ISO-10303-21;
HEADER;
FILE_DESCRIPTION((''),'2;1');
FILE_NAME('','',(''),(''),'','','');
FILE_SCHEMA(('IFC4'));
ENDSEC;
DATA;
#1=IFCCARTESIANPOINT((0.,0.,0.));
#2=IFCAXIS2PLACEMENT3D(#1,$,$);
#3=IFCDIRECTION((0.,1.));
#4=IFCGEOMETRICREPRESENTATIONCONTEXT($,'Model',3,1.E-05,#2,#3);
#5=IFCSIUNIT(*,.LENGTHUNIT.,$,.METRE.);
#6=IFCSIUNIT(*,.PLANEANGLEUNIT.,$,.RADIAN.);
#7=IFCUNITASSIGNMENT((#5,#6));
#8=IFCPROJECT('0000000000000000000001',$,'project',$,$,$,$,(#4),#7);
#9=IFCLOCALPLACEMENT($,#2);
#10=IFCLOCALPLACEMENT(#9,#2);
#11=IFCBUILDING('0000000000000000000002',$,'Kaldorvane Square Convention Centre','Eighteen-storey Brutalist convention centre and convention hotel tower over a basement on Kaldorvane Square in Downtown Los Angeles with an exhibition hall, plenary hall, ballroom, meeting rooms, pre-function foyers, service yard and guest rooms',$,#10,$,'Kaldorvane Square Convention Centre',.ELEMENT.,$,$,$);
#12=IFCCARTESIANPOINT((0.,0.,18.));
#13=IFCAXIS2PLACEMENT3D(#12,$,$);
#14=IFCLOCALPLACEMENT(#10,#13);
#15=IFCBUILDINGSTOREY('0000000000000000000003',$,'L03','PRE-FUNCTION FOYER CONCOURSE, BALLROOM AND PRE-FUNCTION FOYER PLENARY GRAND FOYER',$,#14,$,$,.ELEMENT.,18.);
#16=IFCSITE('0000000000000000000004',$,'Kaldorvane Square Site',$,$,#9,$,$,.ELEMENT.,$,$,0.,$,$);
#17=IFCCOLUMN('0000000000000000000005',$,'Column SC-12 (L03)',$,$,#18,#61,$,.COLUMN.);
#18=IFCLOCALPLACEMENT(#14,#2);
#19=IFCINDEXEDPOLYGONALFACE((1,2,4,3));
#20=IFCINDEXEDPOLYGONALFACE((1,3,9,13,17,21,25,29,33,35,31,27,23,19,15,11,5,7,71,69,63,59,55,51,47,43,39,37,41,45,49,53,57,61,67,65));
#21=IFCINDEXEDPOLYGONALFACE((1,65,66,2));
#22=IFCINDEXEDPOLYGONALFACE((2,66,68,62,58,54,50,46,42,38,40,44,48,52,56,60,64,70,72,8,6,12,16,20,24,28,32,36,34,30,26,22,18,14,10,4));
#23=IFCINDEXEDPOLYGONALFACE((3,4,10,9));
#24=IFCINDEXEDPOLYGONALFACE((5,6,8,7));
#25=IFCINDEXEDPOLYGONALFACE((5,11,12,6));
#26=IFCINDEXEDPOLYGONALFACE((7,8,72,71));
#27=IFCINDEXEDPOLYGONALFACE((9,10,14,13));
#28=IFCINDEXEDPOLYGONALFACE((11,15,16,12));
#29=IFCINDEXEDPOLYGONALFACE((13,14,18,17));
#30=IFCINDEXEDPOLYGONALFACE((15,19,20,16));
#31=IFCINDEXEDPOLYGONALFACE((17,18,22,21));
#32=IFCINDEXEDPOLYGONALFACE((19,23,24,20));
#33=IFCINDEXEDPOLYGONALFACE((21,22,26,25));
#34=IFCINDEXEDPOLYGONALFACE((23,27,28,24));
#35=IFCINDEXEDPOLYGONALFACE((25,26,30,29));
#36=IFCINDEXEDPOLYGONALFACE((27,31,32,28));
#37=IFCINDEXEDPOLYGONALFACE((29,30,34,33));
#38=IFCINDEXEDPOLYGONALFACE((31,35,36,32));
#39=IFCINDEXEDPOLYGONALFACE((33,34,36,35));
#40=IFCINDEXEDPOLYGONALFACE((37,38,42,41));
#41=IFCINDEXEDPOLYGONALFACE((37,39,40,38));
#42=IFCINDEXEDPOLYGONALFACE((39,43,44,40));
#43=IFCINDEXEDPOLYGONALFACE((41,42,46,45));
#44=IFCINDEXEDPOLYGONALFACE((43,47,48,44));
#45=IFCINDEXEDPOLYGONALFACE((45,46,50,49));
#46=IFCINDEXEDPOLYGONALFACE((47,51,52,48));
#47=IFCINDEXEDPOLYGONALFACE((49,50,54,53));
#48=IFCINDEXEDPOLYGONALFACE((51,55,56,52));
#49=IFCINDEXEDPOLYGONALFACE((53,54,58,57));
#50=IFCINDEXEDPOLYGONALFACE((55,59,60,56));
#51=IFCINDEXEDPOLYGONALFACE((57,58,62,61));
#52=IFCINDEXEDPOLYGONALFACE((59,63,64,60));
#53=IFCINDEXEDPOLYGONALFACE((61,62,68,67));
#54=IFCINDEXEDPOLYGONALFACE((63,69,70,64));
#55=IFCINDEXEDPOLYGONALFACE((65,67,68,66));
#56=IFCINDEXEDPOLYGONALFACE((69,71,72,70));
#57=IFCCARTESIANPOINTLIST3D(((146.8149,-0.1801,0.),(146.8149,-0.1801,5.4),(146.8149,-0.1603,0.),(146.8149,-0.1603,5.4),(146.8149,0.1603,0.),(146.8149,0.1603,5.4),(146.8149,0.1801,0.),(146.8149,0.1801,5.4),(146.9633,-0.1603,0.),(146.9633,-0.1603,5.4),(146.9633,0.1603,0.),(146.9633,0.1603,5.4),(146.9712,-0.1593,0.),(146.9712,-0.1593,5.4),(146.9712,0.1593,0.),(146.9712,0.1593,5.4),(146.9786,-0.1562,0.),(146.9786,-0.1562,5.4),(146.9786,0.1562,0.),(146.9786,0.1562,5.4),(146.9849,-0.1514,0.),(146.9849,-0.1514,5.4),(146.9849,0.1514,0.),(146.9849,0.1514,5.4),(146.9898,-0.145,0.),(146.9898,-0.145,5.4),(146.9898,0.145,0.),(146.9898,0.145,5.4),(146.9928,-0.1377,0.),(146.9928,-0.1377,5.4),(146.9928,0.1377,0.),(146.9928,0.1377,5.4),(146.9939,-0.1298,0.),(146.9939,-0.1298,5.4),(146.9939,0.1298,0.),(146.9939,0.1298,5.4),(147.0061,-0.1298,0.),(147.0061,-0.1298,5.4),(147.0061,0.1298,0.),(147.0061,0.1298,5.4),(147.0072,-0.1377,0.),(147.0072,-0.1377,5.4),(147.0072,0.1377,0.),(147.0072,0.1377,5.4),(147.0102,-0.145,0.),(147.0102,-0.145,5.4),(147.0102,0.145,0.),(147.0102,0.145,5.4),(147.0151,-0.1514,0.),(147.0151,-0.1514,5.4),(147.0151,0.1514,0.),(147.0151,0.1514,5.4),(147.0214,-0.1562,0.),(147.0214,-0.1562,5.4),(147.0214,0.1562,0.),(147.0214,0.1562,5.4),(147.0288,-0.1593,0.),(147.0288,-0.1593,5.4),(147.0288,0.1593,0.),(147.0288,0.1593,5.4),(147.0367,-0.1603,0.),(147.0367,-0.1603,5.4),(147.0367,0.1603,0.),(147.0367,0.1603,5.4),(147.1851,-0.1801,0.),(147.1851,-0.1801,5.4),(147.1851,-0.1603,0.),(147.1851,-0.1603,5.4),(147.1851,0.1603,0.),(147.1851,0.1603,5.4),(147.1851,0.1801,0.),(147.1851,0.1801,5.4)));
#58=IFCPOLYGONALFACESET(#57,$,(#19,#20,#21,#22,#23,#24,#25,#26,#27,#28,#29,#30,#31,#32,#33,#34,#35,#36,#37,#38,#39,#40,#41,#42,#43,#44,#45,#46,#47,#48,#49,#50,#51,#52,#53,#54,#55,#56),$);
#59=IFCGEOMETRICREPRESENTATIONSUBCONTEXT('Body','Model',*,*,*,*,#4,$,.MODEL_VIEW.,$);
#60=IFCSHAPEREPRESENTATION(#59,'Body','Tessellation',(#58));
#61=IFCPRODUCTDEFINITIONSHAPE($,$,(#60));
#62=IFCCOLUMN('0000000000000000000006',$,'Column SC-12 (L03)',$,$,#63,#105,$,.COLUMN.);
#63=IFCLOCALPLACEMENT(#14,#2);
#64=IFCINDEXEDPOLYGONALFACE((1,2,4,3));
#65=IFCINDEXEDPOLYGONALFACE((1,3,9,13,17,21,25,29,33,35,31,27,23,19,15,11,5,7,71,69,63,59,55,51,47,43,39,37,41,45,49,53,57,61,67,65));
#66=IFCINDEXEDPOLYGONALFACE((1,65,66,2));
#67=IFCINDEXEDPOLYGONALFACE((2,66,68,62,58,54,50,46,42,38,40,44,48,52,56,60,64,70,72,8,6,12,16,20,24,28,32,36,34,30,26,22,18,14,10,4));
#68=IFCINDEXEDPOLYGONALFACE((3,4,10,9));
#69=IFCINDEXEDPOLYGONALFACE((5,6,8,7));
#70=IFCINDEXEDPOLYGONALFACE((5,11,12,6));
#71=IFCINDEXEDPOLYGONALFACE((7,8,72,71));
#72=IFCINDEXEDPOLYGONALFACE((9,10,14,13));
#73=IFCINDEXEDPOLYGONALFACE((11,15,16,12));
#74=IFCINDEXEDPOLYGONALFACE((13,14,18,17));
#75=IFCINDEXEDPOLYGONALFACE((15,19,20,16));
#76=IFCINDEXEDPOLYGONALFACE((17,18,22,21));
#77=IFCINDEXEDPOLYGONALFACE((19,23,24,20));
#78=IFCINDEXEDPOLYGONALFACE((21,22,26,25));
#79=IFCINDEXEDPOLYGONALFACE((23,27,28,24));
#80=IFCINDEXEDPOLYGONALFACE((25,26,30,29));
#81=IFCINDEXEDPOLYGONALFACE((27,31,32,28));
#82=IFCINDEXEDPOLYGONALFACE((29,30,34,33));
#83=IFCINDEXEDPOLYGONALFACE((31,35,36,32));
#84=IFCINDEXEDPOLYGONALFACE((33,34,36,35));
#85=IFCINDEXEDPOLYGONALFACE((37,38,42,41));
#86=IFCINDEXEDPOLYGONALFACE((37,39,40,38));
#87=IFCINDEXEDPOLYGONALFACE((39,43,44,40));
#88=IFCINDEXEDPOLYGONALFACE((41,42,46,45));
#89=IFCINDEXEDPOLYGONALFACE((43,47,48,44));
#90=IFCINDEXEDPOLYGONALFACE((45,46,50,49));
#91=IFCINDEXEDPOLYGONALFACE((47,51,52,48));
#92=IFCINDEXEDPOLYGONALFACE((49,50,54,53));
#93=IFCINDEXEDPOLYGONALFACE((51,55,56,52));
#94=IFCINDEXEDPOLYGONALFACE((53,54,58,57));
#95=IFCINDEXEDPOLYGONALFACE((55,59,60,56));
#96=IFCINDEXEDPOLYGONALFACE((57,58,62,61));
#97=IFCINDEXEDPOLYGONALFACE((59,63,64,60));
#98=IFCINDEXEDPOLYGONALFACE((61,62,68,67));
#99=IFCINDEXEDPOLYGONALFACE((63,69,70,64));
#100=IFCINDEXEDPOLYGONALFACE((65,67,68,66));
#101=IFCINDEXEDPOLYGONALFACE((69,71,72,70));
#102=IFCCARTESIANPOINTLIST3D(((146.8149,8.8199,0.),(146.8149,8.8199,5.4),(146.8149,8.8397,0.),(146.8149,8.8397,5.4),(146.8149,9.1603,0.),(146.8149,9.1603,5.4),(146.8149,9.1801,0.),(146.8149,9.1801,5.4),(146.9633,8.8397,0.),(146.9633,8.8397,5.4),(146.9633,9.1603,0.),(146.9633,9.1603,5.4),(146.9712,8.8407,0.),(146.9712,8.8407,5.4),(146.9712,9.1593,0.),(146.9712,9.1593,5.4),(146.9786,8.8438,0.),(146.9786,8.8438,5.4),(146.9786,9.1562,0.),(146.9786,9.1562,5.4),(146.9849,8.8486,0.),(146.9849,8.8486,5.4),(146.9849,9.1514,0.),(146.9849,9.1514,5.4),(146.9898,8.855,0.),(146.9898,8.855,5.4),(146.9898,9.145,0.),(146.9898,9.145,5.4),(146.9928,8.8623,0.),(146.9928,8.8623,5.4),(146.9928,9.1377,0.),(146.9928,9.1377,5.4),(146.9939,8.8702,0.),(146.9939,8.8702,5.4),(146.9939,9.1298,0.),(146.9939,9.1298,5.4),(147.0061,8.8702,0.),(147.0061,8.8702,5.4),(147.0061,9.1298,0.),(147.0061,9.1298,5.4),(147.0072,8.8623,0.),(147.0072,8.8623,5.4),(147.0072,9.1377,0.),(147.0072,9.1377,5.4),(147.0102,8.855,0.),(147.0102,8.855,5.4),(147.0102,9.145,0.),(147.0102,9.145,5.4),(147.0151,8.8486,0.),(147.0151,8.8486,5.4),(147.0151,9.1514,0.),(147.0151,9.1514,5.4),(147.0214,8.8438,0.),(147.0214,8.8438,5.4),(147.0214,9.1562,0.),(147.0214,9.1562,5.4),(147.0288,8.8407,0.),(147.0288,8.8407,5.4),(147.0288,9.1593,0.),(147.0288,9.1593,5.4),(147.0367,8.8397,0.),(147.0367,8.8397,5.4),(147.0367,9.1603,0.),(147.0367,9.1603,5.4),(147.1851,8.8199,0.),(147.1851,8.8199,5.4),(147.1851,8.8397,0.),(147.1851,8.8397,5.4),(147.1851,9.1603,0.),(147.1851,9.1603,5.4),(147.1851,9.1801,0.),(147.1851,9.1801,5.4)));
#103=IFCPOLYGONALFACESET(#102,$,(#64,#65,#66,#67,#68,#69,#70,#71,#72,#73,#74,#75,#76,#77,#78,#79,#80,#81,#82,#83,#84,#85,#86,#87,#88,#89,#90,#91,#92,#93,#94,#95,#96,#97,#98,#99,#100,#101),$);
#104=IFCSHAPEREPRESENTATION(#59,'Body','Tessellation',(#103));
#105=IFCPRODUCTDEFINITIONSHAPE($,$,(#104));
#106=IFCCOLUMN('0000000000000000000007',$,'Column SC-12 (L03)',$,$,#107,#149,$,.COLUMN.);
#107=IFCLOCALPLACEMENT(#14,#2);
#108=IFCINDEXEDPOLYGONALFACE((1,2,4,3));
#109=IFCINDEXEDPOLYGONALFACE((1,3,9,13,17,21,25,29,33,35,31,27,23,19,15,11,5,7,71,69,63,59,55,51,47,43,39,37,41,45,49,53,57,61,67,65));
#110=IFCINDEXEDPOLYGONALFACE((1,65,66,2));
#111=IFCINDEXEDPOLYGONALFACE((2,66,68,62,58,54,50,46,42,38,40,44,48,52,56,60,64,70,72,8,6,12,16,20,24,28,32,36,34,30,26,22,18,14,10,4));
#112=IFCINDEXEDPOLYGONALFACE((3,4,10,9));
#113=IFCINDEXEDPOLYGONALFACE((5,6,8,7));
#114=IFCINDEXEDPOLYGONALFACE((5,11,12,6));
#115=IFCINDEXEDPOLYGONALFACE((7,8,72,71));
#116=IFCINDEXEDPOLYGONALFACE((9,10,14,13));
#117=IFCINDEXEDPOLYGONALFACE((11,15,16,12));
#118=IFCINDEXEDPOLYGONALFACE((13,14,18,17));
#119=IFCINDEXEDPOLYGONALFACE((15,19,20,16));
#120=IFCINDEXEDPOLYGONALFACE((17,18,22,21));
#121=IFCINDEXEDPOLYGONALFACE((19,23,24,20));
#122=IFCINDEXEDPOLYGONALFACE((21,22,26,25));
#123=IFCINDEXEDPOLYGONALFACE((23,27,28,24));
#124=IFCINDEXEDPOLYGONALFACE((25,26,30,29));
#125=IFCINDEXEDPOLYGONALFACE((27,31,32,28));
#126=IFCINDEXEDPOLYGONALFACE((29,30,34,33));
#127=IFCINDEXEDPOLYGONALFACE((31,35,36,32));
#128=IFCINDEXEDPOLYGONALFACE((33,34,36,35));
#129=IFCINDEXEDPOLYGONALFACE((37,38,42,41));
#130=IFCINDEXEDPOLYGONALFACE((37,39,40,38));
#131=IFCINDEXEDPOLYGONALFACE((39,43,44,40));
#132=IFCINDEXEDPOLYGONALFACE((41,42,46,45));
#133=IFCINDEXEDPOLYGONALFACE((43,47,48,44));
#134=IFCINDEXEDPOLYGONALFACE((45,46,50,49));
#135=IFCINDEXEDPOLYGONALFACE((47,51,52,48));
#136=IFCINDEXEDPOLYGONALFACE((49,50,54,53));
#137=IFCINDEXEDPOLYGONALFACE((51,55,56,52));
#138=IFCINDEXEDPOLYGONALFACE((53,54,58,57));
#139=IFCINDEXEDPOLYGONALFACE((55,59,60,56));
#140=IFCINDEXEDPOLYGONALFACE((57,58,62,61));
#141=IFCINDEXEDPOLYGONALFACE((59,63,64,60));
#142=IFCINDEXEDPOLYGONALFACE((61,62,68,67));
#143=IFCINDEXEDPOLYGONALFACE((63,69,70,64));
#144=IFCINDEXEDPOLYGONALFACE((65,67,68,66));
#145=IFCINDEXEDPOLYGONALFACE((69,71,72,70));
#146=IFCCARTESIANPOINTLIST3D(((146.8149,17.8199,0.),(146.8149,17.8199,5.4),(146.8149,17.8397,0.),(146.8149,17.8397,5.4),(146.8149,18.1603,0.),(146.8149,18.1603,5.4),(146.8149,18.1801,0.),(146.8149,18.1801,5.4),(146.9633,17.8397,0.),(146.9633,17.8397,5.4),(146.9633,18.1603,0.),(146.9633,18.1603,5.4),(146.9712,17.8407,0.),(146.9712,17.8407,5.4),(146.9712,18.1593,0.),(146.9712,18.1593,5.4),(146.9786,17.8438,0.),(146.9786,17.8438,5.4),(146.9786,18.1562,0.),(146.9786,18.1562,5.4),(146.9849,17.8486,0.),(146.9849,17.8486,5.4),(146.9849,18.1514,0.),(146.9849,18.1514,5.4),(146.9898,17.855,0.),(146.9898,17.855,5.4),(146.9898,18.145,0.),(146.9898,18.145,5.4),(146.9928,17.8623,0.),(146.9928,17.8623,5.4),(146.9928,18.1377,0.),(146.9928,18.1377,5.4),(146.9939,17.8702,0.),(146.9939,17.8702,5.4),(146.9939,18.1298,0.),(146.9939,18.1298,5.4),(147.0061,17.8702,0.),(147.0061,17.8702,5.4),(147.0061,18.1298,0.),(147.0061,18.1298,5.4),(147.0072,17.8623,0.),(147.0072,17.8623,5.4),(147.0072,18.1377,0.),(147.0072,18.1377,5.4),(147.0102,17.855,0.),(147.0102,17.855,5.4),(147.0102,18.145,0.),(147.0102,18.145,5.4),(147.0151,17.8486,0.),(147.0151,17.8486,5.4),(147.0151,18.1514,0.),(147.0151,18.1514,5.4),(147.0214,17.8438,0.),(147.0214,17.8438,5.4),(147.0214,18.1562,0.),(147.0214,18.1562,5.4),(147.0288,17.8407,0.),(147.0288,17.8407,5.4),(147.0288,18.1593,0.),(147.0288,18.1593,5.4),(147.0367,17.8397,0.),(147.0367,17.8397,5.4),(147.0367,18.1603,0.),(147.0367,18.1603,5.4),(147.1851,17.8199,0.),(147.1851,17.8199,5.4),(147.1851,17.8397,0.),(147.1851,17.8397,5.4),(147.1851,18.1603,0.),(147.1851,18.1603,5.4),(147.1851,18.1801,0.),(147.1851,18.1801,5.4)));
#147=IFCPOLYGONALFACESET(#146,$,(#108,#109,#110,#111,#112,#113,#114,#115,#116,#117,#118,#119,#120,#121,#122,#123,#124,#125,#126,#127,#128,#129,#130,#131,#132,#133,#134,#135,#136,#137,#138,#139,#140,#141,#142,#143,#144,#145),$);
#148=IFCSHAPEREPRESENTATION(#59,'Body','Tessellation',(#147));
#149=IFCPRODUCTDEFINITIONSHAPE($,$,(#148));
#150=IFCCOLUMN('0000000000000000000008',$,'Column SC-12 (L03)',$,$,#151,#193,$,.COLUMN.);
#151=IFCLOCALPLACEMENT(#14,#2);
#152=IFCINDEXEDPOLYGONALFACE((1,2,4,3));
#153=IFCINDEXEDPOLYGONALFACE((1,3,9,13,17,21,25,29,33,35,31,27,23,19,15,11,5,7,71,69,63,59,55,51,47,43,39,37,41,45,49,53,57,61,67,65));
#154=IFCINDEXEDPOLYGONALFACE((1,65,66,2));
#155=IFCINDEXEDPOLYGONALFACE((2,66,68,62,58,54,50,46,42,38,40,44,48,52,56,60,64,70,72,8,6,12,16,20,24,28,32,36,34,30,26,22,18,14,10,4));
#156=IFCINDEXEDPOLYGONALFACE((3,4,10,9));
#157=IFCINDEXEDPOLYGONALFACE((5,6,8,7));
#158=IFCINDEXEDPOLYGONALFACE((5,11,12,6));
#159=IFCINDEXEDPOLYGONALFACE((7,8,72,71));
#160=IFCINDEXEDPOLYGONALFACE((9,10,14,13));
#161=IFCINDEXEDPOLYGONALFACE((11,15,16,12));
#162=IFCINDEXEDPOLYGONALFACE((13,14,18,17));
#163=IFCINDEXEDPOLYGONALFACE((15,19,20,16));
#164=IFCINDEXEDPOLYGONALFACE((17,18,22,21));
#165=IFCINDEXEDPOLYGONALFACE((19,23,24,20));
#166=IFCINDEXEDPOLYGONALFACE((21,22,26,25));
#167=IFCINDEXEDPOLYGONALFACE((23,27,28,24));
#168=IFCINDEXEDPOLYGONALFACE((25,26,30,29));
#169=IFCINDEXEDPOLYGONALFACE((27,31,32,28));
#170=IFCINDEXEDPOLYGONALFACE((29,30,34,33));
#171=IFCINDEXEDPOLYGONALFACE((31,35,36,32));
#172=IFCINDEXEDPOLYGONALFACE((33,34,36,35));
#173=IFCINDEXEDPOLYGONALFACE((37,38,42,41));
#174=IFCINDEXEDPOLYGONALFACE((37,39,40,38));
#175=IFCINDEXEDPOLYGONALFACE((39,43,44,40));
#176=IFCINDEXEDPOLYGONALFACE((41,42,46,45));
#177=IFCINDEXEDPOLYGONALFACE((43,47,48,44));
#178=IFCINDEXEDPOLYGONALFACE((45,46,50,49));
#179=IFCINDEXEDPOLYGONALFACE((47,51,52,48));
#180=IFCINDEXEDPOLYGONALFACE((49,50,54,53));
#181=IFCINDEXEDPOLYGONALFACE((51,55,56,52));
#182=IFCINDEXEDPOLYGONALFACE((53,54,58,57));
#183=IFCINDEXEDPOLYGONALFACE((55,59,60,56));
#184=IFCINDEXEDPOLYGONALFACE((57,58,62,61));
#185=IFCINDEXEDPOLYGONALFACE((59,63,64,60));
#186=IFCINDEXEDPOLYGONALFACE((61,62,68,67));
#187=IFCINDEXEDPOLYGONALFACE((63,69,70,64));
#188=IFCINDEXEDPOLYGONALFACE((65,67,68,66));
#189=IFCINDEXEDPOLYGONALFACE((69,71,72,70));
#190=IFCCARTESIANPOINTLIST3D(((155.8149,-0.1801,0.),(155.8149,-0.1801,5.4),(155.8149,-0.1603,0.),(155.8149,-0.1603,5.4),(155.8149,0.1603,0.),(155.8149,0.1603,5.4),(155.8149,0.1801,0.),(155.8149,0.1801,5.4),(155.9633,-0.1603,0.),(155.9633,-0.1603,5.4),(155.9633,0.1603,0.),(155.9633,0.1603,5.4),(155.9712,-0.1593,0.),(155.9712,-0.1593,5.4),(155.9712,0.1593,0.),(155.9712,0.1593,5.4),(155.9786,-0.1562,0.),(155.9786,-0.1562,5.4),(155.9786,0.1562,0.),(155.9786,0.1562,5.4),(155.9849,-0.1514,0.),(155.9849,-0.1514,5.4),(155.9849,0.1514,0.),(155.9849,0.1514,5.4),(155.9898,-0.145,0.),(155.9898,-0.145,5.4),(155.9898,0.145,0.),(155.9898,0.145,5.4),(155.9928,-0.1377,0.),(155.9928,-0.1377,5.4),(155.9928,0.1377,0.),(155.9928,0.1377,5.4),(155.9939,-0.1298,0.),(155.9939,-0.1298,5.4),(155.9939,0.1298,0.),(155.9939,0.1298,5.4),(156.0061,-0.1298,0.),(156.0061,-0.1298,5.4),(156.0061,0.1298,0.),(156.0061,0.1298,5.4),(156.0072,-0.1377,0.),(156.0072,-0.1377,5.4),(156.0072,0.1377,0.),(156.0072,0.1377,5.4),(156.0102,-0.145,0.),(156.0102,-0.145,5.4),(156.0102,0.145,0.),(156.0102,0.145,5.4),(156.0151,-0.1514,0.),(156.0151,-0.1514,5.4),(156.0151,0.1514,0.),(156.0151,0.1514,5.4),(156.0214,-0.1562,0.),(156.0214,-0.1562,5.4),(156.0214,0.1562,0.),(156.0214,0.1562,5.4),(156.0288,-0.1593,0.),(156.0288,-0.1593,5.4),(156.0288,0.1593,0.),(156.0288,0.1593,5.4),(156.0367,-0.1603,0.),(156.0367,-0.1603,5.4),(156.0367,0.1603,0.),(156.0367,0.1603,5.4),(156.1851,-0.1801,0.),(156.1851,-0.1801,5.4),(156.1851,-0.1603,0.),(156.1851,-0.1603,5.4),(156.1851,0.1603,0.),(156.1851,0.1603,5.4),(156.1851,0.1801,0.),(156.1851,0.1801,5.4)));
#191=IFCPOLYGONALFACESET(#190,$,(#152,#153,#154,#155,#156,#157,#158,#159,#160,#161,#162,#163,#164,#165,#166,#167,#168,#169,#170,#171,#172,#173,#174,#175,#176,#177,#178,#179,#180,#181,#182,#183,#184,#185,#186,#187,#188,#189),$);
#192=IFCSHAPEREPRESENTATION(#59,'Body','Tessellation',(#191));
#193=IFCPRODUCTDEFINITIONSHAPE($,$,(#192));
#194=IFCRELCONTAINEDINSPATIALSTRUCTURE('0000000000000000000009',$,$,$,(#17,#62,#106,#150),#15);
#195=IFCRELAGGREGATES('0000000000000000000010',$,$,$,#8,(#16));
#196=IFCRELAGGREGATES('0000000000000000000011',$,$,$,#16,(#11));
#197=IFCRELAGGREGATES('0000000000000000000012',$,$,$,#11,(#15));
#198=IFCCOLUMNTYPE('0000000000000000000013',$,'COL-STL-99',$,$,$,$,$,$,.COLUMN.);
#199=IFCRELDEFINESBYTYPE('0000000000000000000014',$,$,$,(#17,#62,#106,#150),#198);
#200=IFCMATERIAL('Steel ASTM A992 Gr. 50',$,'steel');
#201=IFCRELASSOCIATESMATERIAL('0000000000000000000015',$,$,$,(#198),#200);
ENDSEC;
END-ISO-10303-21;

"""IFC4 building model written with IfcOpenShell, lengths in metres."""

from ifc_helpers import new_model, si_unit, direction, frame, origin, origin_2d, place, context, subcontext, project, spatial, i_section, extrude, material, material_profile, profile_set, type_object, element, save


model = new_model("IFC4")

# Units and contexts
model_context = context("Model", 3, precision=1e-05, world=origin(), true_north=direction((0.0, 1.0)))
body_context = subcontext(model_context, "Body", "Model", "MODEL_VIEW")
ifc_project = project(units=[si_unit("LENGTHUNIT", "METRE"), si_unit("PLANEANGLEUNIT", "RADIAN")], contexts=[model_context])

# Site, building, storey
site_placement = place(None, origin())
site = spatial("IfcSite", under=ifc_project, at=site_placement, Name="Kaldorvane Square Site", CompositionType="ELEMENT", RefElevation=0.0)
building_placement = place(site_placement, origin())
building = spatial("IfcBuilding", under=site, at=building_placement, Name="Kaldorvane Square Convention Centre", Description="Eighteen-storey Brutalist convention centre and convention hotel tower over a basement on Kaldorvane Square in Downtown Los Angeles with an exhibition hall, plenary hall, ballroom, meeting rooms, pre-function foyers, service yard and guest rooms", LongName="Kaldorvane Square Convention Centre", CompositionType="ELEMENT")
storey_placement = place(building_placement, frame((0.0, 0.0, 18.0)))
storey = spatial("IfcBuildingStorey", under=building, at=storey_placement, Name="L03", Description="PRE-FUNCTION FOYER CONCOURSE, BALLROOM AND PRE-FUNCTION FOYER PLENARY GRAND FOYER", CompositionType="ELEMENT", Elevation=18.0)

# Columns
ifc_material_1 = material(Name="Steel ASTM A992 Gr. 50", Category="steel")
ifc_material_profile_1 = material_profile(ifc_material_1, i_section(OverallWidth=0.3701, OverallDepth=0.3602, WebThickness=0.0123, FlangeThickness=0.0198, FilletRadius=0.0305, at=origin_2d()), Name="W14X99")
ifc_profile_set_1 = profile_set([ifc_material_profile_1], Name="Steel ASTM A992 Gr. 50")
column_type = type_object("IfcColumnType", Name="COL-STL-99", PredefinedType="COLUMN", material=ifc_profile_set_1)
for number, where, z_axis, x_axis, name in (
    (1, (147.0, 0.0, 0.0), (0.0, 0.0, 1.0), (1.0, 0.0, 0.0), "Column SC-12 (L03)"),
    (2, (147.0, 9.0, 0.0), (0.0, 0.0, 1.0), (1.0, 0.0, 0.0), "Column SC-12 (L03)"),
    (3, (147.0, 18.0, 0.0), (0.0, 0.0, 1.0), (1.0, 0.0, 0.0), "Column SC-12 (L03)"),
    (4, (156.0, 0.0, 0.0), (0.0, 0.0, 1.0), (1.0, 0.0, 0.0), "Column SC-12 (L03)"),
):
    element("IfcColumn", number, at=place(storey_placement, frame(where, z_axis=z_axis, x_axis=x_axis)), inside=storey, type_object=column_type, Name=name, PredefinedType="COLUMN", context=body_context, shape_type="SweptSolid", body=[
        extrude(i_section(OverallWidth=0.3701, OverallDepth=0.3602, WebThickness=0.0123, FlangeThickness=0.0198, FilletRadius=0.0305, at=origin_2d()), origin(), (0.0, 0.0, 1.0), 5.4),
    ])

save(model, "model.ifc")
